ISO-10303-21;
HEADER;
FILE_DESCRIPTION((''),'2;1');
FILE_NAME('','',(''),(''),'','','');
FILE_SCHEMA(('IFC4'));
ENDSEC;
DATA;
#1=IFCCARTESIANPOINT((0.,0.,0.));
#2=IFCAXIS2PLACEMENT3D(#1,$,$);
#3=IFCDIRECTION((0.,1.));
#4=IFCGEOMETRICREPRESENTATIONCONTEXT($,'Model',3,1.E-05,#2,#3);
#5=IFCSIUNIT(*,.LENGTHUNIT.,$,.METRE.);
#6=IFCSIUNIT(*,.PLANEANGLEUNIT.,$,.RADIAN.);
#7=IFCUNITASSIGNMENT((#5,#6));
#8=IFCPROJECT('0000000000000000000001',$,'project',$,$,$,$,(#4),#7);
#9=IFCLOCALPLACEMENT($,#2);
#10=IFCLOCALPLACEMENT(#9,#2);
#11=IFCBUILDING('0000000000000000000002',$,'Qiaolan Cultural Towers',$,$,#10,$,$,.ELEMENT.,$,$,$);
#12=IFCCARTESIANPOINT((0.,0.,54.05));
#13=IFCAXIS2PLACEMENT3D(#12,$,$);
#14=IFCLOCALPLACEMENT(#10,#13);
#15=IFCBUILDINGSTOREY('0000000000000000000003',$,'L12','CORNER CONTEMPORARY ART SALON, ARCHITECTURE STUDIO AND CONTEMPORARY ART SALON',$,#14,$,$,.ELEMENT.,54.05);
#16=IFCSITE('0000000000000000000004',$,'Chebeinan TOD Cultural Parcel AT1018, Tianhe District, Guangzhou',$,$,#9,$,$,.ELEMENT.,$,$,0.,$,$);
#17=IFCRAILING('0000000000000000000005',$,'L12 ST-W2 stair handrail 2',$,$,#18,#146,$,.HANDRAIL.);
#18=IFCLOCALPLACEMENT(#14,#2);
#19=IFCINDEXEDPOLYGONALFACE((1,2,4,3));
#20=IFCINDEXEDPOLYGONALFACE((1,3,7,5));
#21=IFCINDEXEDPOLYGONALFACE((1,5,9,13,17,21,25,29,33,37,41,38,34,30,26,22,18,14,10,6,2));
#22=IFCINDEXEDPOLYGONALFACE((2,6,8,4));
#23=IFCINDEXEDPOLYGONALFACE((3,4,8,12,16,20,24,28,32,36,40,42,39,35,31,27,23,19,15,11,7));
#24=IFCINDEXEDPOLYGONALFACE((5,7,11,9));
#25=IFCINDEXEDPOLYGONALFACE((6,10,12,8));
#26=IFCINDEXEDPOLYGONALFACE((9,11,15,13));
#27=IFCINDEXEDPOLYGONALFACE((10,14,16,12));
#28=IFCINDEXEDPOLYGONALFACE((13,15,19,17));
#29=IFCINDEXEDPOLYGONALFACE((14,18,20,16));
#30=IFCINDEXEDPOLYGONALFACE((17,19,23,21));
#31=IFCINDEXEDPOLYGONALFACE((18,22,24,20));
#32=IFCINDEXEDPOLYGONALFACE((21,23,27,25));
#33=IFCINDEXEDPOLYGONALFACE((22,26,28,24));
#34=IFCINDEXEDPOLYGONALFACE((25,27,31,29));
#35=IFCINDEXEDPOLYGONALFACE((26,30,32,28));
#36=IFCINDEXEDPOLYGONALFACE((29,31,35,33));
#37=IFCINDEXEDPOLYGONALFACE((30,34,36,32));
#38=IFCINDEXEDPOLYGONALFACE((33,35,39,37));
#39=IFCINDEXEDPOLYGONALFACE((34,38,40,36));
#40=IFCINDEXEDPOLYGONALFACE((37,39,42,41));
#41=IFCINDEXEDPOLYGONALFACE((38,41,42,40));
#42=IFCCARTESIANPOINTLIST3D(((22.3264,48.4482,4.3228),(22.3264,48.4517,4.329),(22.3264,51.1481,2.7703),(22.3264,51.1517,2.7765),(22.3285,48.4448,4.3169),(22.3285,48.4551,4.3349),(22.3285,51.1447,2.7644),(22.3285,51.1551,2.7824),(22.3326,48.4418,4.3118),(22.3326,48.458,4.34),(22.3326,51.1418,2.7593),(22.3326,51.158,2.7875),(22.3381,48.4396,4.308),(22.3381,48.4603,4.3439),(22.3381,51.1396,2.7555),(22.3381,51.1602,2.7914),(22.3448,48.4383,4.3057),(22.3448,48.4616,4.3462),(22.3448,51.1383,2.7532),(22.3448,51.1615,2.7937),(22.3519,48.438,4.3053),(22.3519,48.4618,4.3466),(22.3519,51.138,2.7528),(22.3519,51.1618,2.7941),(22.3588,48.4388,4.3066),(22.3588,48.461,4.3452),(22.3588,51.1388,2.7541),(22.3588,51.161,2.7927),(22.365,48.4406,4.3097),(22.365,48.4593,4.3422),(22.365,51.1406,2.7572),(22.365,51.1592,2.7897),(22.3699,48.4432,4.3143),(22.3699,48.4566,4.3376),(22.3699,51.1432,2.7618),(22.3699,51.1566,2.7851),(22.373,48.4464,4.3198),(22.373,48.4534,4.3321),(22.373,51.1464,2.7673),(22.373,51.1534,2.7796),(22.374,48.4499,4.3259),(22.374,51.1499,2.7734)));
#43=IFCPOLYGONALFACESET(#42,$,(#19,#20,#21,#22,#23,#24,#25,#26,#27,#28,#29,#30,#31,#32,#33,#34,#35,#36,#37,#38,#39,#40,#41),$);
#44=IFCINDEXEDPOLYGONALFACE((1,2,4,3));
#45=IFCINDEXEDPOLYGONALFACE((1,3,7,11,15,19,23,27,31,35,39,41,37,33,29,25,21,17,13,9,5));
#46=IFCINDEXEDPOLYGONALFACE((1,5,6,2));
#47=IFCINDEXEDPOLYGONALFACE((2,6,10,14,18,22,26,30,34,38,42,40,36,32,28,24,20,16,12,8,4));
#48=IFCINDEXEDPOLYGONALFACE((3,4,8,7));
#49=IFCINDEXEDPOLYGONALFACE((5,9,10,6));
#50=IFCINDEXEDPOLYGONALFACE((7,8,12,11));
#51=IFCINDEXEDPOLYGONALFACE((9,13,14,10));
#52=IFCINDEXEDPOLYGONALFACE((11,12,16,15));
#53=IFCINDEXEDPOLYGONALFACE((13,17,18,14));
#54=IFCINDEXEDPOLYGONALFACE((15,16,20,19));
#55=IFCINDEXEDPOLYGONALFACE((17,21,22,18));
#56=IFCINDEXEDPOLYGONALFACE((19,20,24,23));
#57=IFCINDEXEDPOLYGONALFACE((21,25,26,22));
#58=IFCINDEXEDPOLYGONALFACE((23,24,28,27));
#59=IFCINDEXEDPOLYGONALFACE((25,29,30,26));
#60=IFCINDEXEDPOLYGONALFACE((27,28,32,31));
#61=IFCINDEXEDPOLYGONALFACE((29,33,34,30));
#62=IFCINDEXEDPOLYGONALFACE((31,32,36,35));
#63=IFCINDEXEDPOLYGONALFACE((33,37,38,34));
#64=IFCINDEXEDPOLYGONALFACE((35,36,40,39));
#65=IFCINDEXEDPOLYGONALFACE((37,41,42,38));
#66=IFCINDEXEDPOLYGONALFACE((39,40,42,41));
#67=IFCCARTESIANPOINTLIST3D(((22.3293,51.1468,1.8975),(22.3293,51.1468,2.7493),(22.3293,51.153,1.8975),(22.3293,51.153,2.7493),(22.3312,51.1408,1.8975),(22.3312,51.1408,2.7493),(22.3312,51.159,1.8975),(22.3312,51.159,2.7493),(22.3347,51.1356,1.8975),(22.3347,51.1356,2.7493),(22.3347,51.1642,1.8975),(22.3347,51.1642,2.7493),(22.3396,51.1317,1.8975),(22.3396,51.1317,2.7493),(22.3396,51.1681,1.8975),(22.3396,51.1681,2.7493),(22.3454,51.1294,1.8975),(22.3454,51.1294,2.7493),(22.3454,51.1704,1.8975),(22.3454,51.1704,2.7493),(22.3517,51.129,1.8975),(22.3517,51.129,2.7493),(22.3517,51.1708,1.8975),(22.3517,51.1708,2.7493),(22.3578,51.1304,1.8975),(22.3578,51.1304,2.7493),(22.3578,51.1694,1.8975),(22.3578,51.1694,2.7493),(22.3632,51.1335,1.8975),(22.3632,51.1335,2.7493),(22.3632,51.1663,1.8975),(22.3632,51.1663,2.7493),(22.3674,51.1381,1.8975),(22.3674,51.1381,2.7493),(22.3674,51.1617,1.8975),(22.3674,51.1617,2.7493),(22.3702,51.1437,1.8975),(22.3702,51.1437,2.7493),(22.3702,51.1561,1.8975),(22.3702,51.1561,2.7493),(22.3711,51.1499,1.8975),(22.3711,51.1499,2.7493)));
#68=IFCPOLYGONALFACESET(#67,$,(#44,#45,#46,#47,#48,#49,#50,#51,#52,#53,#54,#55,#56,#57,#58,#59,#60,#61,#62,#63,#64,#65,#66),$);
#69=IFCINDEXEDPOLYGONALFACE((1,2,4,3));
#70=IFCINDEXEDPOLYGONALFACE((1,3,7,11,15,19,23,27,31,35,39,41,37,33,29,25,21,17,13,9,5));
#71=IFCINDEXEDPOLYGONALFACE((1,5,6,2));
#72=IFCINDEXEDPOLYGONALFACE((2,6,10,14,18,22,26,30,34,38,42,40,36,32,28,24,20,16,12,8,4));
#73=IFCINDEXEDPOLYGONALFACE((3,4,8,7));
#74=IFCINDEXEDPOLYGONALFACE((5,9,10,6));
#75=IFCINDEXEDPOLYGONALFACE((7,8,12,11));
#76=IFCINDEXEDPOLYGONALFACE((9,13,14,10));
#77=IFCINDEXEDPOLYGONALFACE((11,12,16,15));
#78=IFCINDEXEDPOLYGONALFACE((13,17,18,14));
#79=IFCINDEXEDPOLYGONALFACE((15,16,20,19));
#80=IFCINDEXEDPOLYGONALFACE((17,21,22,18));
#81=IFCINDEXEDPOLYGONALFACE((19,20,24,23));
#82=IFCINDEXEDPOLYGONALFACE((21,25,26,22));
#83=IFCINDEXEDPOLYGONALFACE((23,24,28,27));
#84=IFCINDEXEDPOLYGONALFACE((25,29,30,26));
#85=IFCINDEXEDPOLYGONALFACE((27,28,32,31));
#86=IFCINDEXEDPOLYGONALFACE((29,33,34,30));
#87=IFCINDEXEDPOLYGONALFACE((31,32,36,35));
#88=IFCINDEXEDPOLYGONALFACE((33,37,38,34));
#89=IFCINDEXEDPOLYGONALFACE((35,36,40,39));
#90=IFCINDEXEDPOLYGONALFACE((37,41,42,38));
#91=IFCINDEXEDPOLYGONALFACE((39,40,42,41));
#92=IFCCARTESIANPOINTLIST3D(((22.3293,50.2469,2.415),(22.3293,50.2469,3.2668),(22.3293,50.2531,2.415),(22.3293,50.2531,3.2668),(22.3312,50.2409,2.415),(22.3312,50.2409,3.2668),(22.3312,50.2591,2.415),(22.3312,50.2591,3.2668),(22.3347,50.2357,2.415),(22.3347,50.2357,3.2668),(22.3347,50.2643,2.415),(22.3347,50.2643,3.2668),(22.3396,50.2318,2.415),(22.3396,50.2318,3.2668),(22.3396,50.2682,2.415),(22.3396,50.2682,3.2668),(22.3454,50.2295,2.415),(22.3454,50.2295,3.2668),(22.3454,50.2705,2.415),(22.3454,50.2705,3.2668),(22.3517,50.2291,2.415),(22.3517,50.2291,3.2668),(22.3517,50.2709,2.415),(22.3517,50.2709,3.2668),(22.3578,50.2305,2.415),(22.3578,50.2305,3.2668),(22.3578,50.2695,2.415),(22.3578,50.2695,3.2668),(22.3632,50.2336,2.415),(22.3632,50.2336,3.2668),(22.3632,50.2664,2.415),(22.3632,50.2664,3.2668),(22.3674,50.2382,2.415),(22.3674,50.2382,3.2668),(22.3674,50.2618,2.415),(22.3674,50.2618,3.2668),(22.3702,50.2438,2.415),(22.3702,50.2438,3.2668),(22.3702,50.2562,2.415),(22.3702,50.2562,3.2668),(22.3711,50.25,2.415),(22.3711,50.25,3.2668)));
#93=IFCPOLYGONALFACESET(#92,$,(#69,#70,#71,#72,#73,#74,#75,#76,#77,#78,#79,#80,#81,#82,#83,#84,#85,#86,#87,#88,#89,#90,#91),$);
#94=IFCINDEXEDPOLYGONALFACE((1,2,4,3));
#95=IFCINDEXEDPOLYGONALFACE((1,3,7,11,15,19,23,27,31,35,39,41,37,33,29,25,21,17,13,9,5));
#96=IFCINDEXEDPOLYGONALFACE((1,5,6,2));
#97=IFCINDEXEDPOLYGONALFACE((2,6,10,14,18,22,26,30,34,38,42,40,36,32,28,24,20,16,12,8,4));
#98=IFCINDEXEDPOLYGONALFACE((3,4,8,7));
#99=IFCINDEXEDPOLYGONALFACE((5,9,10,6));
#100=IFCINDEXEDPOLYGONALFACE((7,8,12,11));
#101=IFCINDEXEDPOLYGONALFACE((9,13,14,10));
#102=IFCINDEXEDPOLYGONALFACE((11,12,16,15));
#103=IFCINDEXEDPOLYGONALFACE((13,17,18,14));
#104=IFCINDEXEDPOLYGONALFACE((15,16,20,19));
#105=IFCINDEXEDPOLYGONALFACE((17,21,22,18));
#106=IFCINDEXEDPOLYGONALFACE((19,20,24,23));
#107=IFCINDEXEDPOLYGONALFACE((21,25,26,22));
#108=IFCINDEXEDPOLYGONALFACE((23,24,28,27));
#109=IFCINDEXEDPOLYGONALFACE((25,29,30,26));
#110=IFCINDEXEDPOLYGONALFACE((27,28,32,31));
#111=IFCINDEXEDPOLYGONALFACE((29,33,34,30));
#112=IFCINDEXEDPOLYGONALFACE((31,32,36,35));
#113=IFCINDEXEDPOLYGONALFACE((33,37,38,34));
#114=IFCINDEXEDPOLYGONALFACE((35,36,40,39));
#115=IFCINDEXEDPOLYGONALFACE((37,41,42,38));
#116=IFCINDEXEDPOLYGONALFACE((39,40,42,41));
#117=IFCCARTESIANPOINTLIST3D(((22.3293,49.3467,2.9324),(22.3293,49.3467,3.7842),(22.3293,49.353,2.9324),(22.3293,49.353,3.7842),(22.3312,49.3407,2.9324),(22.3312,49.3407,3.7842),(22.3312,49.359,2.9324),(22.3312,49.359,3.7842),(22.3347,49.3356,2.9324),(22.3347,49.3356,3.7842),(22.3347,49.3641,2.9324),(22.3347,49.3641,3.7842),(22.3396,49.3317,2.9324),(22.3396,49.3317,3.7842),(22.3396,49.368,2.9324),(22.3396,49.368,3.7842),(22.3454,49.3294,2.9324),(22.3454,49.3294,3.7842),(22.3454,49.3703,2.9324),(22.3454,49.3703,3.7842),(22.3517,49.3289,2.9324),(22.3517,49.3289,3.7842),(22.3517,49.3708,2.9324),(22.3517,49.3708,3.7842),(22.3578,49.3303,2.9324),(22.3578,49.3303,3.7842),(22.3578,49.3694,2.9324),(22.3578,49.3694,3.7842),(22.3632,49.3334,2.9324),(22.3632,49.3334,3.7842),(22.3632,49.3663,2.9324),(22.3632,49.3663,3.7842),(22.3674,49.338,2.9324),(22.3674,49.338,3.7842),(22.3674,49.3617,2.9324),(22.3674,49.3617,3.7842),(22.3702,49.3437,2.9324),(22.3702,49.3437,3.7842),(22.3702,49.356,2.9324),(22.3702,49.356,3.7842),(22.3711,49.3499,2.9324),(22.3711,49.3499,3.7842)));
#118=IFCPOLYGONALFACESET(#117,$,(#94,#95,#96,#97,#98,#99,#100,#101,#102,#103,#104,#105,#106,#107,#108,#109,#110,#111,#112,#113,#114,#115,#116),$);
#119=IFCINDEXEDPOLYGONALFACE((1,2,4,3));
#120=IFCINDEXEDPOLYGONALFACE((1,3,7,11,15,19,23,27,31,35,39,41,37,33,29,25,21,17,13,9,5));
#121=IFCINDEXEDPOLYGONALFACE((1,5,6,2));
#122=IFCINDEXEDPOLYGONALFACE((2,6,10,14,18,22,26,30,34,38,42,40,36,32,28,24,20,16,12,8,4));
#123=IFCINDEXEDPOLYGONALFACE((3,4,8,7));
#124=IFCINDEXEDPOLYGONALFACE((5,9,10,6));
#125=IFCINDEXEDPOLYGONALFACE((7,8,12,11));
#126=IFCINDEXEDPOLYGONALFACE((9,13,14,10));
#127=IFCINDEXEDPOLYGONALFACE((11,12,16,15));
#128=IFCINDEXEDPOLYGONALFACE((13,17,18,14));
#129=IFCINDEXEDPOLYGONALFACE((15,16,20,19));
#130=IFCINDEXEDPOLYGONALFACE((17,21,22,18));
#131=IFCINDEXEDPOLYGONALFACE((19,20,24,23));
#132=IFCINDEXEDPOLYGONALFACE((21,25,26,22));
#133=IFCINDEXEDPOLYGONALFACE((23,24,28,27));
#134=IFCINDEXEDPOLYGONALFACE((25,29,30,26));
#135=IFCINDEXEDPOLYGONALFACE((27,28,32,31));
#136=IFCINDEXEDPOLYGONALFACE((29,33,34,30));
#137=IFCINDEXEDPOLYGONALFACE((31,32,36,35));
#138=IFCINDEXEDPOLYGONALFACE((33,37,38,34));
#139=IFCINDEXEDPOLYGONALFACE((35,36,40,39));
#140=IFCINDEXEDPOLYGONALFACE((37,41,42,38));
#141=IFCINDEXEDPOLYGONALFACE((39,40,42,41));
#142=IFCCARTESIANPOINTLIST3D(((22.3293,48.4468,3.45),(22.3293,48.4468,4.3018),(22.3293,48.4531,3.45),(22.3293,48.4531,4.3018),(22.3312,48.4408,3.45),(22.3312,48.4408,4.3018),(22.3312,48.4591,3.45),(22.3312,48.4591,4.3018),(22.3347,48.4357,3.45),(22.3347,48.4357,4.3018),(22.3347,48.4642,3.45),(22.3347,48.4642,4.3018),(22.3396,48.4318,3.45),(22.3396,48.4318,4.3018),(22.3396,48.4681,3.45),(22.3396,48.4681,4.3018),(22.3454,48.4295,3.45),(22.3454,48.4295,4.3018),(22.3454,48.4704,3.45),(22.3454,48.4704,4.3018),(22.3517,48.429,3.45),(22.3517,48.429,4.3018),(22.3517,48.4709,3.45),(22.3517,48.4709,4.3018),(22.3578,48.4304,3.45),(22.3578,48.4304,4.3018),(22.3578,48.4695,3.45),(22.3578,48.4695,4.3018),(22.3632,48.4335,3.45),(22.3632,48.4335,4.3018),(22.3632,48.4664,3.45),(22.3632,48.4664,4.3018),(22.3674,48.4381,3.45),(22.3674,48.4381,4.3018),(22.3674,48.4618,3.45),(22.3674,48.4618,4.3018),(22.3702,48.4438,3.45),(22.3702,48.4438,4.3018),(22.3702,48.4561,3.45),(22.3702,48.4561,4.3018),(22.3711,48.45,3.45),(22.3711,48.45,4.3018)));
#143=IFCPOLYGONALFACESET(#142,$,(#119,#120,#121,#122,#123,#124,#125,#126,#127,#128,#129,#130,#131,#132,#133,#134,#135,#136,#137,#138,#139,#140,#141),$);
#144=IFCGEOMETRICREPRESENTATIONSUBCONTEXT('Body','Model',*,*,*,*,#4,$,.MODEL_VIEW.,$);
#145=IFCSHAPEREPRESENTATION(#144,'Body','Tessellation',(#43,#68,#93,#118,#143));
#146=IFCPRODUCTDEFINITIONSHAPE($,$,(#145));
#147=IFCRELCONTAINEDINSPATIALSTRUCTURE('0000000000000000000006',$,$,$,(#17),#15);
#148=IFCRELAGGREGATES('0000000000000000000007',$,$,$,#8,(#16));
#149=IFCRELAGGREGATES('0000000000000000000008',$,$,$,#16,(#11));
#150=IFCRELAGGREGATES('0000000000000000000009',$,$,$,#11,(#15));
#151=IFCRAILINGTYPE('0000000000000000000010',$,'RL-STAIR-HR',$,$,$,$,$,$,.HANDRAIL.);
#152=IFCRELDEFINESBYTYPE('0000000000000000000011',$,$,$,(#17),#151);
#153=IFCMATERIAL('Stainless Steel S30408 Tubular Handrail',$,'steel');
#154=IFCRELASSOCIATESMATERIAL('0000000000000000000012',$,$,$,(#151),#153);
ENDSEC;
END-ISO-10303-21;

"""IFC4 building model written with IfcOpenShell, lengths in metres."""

from ifc_helpers import new_model, si_unit, direction, frame, origin, origin_2d, place, context, subcontext, project, spatial, circle, extrude, material, type_object, element, save


model = new_model("IFC4")

# Units and contexts
model_context = context("Model", 3, precision=1e-05, world=origin(), true_north=direction((0.0, 1.0)))
body_context = subcontext(model_context, "Body", "Model", "MODEL_VIEW")
ifc_project = project(units=[si_unit("LENGTHUNIT", "METRE"), si_unit("PLANEANGLEUNIT", "RADIAN")], contexts=[model_context])

# Site, building, storey
site_placement = place(None, origin())
site = spatial("IfcSite", under=ifc_project, at=site_placement, Name="Chebeinan TOD Cultural Parcel AT1018, Tianhe District, Guangzhou", CompositionType="ELEMENT", RefElevation=0.0)
building_placement = place(site_placement, origin())
building = spatial("IfcBuilding", under=site, at=building_placement, Name="Qiaolan Cultural Towers", CompositionType="ELEMENT")
storey_placement = place(building_placement, frame((0.0, 0.0, 54.05)))
storey = spatial("IfcBuildingStorey", under=building, at=storey_placement, Name="L12", Description="CORNER CONTEMPORARY ART SALON, ARCHITECTURE STUDIO AND CONTEMPORARY ART SALON", CompositionType="ELEMENT", Elevation=54.05)

# Railing
ifc_material_1 = material(Name="Stainless Steel S30408 Tubular Handrail", Category="steel")
railing_type_1 = type_object("IfcRailingType", Name="RL-STAIR-HR", PredefinedType="HANDRAIL", material=ifc_material_1)
railing_1_placement = place(storey_placement, frame((22.3501, 51.1499, 1.8975)))
element("IfcRailing", 1, at=railing_1_placement, inside=storey, type_object=railing_type_1, Name="L12 ST-W2 stair handrail 2", PredefinedType="HANDRAIL", context=body_context, shape_type="SweptSolid", body=[
    extrude(circle(Radius=0.0239, at=origin_2d()), frame((0.0, 0.0, 0.876), z_axis=(0.0, -0.866904, 0.498476), x_axis=(1.0, 0.0, 0.0)), (0.0, 0.0, 1.0), 3.1145),
    extrude(circle(Radius=0.021, at=origin_2d()), origin(), (0.0, 0.0, 1.0), 0.8518),
    extrude(circle(Radius=0.021, at=origin_2d()), frame((0.0, -0.8999, 0.5176)), (0.0, 0.0, 1.0), 0.8518),
    extrude(circle(Radius=0.021, at=origin_2d()), frame((0.0, -1.8, 1.0349)), (0.0, 0.0, 1.0), 0.8518),
    extrude(circle(Radius=0.021, at=origin_2d()), frame((0.0, -2.7, 1.5525)), (0.0, 0.0, 1.0), 0.8518),
])

save(model, "model.ifc")
